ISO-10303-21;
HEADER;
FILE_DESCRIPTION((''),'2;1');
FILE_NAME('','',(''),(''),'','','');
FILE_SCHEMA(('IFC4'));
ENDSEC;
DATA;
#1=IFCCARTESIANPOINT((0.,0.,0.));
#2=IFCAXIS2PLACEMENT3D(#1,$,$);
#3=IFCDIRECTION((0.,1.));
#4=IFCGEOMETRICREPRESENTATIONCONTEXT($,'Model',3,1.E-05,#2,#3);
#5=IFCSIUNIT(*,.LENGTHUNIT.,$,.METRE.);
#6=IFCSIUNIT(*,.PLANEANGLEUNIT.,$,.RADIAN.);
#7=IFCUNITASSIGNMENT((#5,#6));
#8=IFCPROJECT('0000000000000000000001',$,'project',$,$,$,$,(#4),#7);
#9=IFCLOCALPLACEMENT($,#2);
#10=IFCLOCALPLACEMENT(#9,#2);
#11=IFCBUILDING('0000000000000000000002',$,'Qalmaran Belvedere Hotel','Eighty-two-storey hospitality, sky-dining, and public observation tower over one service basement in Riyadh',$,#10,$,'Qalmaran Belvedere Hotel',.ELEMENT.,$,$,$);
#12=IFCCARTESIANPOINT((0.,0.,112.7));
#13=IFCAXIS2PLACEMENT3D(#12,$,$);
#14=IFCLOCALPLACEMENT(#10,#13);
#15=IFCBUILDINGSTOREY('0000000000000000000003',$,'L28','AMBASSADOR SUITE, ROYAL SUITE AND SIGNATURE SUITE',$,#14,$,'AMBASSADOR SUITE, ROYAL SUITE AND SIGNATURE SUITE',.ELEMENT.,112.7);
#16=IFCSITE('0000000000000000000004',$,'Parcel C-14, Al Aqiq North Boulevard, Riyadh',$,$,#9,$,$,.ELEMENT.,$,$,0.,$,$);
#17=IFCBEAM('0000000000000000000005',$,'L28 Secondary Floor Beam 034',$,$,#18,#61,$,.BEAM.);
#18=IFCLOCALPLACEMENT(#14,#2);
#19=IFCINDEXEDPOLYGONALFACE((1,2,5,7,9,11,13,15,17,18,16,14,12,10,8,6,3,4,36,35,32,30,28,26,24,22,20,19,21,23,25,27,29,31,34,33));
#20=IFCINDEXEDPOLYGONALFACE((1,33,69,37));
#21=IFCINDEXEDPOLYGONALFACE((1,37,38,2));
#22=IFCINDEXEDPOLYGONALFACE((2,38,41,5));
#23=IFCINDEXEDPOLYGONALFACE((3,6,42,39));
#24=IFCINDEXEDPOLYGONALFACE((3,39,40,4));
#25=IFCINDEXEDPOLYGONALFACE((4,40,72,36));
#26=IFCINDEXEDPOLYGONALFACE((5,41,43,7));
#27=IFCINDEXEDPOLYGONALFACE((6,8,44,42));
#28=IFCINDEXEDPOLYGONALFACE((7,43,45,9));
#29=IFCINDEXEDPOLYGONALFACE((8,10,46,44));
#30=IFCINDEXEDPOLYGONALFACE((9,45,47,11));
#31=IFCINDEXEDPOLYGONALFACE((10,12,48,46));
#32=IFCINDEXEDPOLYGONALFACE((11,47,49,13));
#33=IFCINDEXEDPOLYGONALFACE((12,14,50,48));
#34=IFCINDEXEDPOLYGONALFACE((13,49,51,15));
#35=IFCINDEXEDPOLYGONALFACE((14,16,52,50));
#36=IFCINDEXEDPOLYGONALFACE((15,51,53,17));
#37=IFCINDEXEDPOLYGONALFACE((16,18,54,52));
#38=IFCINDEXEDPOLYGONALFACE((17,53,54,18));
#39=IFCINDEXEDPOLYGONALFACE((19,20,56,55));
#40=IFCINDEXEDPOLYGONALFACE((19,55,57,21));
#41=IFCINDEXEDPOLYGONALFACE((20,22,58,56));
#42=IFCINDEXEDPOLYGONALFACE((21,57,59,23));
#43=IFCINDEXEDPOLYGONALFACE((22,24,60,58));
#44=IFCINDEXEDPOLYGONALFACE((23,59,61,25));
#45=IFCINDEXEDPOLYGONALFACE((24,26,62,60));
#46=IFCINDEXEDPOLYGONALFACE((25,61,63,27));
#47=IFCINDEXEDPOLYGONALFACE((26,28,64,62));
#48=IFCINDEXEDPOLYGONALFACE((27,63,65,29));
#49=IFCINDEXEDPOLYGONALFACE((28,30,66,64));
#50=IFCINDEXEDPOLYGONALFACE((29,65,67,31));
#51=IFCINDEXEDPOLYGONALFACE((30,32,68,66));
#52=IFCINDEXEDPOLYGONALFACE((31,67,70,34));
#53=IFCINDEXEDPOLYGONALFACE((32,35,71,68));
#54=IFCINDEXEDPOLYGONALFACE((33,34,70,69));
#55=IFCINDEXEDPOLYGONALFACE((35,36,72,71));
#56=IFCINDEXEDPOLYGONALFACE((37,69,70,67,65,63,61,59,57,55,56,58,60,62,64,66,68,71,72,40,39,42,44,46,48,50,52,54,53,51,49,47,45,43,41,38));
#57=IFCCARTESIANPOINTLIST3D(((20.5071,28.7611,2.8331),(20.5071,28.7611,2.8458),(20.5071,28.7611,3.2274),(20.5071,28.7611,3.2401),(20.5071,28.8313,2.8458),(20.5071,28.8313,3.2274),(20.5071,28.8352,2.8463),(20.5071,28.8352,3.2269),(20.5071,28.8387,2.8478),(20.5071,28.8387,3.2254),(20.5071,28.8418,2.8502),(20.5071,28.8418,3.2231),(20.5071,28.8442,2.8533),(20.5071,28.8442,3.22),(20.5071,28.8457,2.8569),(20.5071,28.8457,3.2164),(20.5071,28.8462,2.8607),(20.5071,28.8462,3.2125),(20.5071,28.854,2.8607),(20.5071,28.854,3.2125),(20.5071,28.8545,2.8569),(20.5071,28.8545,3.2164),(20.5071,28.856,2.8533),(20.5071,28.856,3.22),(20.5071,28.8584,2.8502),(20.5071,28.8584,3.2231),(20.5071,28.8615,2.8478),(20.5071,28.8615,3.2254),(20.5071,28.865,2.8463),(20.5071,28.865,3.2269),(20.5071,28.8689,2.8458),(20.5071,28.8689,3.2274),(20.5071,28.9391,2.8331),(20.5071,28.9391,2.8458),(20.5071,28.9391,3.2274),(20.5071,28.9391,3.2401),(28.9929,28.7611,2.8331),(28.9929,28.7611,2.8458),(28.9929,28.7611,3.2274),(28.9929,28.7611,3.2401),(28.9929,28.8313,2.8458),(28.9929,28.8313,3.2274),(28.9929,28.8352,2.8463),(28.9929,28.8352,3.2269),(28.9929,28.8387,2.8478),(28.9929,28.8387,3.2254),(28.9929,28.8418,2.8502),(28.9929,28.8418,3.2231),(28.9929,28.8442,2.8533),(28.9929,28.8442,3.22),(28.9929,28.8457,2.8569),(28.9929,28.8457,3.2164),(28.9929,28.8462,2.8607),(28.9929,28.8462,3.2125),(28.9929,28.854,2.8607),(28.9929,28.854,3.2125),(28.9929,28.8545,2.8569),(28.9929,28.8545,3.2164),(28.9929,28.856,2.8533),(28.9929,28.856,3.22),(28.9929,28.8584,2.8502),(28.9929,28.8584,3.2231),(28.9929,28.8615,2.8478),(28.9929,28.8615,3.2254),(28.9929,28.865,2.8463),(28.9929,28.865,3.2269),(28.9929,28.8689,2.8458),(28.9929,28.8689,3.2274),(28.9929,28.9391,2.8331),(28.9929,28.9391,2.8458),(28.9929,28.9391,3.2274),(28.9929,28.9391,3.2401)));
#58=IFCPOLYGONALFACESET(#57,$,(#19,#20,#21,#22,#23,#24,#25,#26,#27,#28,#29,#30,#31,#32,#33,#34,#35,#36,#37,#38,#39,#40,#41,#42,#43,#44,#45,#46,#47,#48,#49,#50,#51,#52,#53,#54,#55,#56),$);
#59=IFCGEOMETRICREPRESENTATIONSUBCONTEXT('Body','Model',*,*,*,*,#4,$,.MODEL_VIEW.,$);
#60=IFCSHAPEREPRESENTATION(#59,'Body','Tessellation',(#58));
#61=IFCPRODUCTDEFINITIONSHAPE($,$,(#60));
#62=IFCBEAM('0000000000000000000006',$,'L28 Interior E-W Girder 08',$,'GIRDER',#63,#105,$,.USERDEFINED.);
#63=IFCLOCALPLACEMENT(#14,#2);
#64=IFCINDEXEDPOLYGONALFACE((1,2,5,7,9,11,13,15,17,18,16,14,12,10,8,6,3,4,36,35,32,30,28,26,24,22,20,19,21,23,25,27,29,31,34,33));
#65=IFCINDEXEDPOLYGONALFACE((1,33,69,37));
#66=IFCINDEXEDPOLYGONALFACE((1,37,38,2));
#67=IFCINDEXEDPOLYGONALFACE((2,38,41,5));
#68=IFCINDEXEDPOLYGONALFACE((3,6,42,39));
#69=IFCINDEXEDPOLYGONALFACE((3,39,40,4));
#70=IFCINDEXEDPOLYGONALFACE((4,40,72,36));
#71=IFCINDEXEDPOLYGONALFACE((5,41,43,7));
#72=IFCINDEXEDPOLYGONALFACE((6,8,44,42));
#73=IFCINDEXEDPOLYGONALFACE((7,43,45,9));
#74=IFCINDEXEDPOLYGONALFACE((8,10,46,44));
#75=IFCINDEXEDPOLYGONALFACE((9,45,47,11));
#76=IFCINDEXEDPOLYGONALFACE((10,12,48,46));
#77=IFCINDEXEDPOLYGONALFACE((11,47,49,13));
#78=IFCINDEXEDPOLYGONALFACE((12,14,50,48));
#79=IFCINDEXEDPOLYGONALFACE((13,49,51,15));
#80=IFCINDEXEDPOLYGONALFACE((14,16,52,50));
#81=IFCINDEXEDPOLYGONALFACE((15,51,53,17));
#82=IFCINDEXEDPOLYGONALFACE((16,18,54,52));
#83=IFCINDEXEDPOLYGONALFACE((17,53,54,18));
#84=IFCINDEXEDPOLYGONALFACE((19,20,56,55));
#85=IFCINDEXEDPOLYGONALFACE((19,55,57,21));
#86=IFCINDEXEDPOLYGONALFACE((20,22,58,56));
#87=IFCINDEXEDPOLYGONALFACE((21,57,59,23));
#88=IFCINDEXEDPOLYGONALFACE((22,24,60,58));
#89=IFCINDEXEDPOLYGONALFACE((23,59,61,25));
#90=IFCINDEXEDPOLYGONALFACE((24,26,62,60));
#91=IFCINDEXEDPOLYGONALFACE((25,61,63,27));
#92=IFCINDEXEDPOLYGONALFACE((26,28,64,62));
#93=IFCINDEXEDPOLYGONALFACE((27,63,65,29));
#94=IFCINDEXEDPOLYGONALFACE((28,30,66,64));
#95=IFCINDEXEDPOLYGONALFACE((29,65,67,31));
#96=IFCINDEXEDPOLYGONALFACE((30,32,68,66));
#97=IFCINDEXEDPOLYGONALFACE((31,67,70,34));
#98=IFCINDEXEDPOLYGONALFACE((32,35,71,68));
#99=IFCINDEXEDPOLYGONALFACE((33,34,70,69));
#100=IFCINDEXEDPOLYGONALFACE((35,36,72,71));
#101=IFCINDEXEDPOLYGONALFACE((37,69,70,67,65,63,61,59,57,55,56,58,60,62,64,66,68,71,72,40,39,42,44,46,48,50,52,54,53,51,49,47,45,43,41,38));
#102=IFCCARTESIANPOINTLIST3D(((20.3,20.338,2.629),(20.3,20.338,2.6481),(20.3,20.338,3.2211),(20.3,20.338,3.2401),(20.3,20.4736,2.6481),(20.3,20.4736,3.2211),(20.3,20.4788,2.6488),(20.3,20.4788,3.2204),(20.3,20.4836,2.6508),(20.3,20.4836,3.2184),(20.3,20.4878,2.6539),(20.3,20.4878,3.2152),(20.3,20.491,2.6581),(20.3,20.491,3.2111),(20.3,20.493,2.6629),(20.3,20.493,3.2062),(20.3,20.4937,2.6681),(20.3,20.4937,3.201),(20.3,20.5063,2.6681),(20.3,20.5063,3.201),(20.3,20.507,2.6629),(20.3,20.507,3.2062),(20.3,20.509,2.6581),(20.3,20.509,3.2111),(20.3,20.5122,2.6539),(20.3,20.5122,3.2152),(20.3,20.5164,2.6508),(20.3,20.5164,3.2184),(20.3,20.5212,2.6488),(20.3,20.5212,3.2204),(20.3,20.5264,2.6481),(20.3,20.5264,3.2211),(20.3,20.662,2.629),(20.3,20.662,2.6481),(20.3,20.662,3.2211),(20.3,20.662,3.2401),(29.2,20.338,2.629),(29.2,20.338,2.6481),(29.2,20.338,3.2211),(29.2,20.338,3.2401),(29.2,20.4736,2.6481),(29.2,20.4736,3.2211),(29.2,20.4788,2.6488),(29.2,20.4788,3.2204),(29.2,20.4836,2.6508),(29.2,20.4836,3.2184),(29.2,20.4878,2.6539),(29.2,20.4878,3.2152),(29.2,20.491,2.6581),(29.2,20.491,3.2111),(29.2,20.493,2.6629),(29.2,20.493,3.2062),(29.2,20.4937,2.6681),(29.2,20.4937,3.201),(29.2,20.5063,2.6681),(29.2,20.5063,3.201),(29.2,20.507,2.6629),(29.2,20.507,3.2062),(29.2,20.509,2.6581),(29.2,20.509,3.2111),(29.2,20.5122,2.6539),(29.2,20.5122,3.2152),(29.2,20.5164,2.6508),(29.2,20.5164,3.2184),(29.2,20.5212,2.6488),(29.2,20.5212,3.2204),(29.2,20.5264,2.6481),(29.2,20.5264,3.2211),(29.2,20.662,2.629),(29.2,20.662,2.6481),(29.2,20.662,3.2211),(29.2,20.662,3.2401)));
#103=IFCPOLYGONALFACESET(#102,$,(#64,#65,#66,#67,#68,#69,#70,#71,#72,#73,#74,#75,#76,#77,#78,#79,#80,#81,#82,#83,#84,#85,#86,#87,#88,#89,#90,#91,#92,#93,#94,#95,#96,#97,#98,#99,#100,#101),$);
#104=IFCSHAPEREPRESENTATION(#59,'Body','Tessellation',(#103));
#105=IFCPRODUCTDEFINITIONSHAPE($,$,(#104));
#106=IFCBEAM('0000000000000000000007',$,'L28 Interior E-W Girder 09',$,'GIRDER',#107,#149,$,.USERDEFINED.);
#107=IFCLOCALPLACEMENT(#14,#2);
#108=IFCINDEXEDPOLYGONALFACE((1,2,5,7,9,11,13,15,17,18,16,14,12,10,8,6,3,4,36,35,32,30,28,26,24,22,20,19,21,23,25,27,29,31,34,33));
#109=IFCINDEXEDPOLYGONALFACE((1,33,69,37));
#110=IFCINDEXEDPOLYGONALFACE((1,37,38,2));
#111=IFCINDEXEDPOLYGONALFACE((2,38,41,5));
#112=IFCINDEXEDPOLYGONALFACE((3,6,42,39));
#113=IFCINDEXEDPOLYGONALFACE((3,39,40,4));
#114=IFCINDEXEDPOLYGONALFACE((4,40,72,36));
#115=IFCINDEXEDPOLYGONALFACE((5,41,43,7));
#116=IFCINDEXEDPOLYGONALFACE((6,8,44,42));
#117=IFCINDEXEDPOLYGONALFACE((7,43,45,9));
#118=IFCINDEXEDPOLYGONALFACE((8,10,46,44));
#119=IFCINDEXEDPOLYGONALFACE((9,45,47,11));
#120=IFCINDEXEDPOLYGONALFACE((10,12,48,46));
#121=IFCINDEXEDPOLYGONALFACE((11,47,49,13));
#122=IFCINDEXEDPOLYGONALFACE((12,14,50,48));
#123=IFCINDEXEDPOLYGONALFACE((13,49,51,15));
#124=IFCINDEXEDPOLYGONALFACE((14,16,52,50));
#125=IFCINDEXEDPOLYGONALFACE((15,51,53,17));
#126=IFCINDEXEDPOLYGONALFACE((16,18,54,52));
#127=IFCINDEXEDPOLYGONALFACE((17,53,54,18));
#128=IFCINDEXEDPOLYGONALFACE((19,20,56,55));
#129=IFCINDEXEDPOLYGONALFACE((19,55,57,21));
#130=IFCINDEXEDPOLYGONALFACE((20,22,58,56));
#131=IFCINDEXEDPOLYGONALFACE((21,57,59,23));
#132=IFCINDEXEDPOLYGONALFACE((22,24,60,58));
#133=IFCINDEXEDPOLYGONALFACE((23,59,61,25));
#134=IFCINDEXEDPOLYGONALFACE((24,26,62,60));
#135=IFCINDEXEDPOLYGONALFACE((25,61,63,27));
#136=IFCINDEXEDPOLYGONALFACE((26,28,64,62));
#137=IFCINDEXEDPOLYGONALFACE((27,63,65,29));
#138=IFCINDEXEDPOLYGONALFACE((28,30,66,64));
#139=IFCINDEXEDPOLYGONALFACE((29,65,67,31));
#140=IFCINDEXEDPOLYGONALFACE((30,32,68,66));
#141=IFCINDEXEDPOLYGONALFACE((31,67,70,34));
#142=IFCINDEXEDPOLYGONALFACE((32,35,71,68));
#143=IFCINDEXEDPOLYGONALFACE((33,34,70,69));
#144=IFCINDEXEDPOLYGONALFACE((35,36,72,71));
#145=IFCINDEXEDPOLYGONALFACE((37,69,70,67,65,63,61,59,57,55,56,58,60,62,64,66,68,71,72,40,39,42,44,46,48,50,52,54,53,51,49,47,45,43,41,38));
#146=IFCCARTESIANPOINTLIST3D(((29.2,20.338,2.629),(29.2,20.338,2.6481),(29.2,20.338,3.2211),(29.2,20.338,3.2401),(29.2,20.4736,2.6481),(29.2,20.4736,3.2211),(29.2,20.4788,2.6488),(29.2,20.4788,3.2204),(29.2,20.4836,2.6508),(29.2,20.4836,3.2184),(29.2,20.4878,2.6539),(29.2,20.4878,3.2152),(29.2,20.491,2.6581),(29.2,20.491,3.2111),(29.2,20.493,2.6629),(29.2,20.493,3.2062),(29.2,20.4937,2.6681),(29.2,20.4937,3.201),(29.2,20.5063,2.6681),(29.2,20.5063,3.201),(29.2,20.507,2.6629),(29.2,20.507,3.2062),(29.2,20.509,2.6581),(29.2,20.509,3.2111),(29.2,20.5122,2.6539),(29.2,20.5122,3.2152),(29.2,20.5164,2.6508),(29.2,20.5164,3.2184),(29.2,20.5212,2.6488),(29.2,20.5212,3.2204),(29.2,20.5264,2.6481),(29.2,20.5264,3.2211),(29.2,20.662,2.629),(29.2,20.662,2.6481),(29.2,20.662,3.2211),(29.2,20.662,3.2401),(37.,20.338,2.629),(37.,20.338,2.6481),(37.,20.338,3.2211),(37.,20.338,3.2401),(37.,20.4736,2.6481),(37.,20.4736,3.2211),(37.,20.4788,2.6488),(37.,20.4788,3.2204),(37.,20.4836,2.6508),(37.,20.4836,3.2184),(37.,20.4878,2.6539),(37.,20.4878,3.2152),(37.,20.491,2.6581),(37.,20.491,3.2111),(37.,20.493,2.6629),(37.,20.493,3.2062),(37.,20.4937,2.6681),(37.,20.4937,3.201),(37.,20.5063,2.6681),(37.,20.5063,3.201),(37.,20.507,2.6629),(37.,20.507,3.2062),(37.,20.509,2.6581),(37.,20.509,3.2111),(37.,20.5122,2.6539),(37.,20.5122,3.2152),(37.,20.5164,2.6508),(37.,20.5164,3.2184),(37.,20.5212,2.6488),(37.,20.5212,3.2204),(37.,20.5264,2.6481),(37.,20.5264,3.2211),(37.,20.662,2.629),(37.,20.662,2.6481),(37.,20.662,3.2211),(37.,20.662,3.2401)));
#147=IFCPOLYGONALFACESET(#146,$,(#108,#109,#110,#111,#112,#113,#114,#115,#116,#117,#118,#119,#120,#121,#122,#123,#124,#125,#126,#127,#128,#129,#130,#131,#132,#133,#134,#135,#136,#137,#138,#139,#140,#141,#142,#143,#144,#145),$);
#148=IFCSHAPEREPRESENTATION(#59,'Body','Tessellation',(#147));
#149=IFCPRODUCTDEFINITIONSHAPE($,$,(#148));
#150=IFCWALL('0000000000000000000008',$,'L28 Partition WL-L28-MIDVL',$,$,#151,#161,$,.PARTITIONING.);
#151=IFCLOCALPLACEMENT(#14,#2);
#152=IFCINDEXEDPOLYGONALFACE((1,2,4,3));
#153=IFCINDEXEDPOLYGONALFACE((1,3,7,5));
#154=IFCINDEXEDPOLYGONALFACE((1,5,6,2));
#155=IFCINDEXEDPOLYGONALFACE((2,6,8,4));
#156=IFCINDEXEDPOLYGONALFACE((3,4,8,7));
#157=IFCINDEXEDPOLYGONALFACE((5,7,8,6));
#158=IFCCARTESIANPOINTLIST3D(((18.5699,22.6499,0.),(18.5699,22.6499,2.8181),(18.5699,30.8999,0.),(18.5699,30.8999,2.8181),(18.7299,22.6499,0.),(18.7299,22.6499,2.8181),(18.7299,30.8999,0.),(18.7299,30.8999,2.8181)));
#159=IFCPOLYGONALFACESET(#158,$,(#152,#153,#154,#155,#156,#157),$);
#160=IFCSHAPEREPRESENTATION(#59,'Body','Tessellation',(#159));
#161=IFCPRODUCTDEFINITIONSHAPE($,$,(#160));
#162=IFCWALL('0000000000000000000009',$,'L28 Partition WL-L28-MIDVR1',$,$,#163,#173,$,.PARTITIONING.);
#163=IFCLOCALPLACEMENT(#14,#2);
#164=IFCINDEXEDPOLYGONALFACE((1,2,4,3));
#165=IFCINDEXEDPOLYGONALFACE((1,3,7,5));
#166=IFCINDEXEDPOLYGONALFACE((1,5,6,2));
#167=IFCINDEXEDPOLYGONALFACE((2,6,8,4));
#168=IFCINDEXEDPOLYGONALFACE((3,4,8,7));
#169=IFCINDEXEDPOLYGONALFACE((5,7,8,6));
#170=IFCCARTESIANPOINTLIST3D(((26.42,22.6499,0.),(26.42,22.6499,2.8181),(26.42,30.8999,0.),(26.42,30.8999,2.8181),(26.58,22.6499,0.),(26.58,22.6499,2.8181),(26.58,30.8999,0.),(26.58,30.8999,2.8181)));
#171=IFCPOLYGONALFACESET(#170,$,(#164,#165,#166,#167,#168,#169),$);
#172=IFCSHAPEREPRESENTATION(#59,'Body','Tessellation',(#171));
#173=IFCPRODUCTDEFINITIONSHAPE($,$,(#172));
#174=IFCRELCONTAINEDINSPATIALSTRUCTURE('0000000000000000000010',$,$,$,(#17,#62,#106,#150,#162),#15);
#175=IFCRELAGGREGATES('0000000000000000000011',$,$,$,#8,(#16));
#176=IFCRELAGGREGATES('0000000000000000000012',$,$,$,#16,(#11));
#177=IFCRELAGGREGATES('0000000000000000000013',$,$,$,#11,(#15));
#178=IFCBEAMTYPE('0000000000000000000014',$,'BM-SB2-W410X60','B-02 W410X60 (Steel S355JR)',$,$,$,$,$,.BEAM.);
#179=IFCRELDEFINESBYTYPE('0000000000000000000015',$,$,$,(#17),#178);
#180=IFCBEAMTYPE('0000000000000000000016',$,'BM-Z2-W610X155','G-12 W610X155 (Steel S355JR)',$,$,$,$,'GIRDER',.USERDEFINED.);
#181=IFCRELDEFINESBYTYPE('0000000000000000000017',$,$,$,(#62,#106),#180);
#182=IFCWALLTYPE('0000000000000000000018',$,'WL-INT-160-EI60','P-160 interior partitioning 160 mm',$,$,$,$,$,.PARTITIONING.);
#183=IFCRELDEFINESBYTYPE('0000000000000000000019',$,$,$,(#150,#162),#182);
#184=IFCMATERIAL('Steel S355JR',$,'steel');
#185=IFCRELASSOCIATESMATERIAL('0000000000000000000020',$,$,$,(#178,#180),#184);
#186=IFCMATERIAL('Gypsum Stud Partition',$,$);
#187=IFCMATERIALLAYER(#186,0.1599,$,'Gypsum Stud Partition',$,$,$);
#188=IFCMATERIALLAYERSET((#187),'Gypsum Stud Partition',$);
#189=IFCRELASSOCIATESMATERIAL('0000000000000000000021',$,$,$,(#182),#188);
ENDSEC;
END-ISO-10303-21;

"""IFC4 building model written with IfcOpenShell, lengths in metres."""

from ifc_helpers import new_model, si_unit, direction, frame, frame_2d, origin, origin_2d, place, context, subcontext, project, spatial, rectangle, i_section, extrude, material, layer, layer_set, material_profile, profile_set, type_object, element, save


model = new_model("IFC4")

# Units and contexts
model_context = context("Model", 3, precision=1e-05, world=origin(), true_north=direction((0.0, 1.0)))
body_context = subcontext(model_context, "Body", "Model", "MODEL_VIEW")
ifc_project = project(units=[si_unit("LENGTHUNIT", "METRE"), si_unit("PLANEANGLEUNIT", "RADIAN")], contexts=[model_context])

# Site, building, storey
site_placement = place(None, origin())
site = spatial("IfcSite", under=ifc_project, at=site_placement, Name="Parcel C-14, Al Aqiq North Boulevard, Riyadh", CompositionType="ELEMENT", RefElevation=0.0)
building_placement = place(site_placement, origin())
building = spatial("IfcBuilding", under=site, at=building_placement, Name="Qalmaran Belvedere Hotel", Description="Eighty-two-storey hospitality, sky-dining, and public observation tower over one service basement in Riyadh", LongName="Qalmaran Belvedere Hotel", CompositionType="ELEMENT")
storey_placement = place(building_placement, frame((0.0, 0.0, 112.7)))
storey = spatial("IfcBuildingStorey", under=building, at=storey_placement, Name="L28", Description="AMBASSADOR SUITE, ROYAL SUITE AND SIGNATURE SUITE", LongName="AMBASSADOR SUITE, ROYAL SUITE AND SIGNATURE SUITE", CompositionType="ELEMENT", Elevation=112.7)

# Beams
ifc_material_1 = material(Name="Steel S355JR", Category="steel")
ifc_material_profile_1 = material_profile(ifc_material_1, i_section(OverallWidth=0.178, OverallDepth=0.407, WebThickness=0.0078, FlangeThickness=0.0127, FilletRadius=0.0149, at=origin_2d()), Name="W410X60")
ifc_profile_set_1 = profile_set([ifc_material_profile_1], Name="Steel S355JR")
beam_type_1 = type_object("IfcBeamType", Name="BM-SB2-W410X60", Description="B-02 W410X60 (Steel S355JR)", PredefinedType="BEAM", material=ifc_profile_set_1)
for number, where, z_axis, x_axis, name in (
    (1, (20.5071, 28.8501, 3.0366), (1.0, 0.0, 0.0), (0.0, 1.0, 0.0), "L28 Secondary Floor Beam 034"),
):
    element("IfcBeam", number, at=place(storey_placement, frame(where, z_axis=z_axis, x_axis=x_axis)), inside=storey, type_object=beam_type_1, Name=name, PredefinedType="BEAM", context=body_context, shape_type="SweptSolid", body=[
        extrude(i_section(OverallWidth=0.178, OverallDepth=0.407, WebThickness=0.0078, FlangeThickness=0.0127, FilletRadius=0.0149, at=origin_2d()), origin(), (0.0, 0.0, 1.0), 8.4858),
    ])
ifc_material_profile_2 = material_profile(ifc_material_1, i_section(OverallWidth=0.324, OverallDepth=0.6111, WebThickness=0.0127, FlangeThickness=0.019, FilletRadius=0.02, at=origin_2d()), Name="W610X155")
ifc_profile_set_2 = profile_set([ifc_material_profile_2], Name="Steel S355JR")
beam_type_2 = type_object("IfcBeamType", Name="BM-Z2-W610X155", Description="G-12 W610X155 (Steel S355JR)", ElementType="GIRDER", PredefinedType="USERDEFINED", material=ifc_profile_set_2)
beam_1_placement = place(storey_placement, frame((20.3, 20.5, 2.9346), z_axis=(1.0, 0.0, 0.0), x_axis=(0.0, 1.0, 0.0)))
element("IfcBeam", 2, at=beam_1_placement, inside=storey, type_object=beam_type_2, Name="L28 Interior E-W Girder 08", ObjectType="GIRDER", PredefinedType="USERDEFINED", context=body_context, shape_type="SweptSolid", body=[
    extrude(i_section(OverallWidth=0.324, OverallDepth=0.6111, WebThickness=0.0127, FlangeThickness=0.019, FilletRadius=0.02, at=origin_2d()), origin(), (0.0, 0.0, 1.0), 8.8999),
])
beam_2_placement = place(storey_placement, frame((29.2, 20.5, 2.9346), z_axis=(1.0, 0.0, 0.0), x_axis=(0.0, 1.0, 0.0)))
element("IfcBeam", 3, at=beam_2_placement, inside=storey, type_object=beam_type_2, Name="L28 Interior E-W Girder 09", ObjectType="GIRDER", PredefinedType="USERDEFINED", context=body_context, shape_type="SweptSolid", body=[
    extrude(i_section(OverallWidth=0.324, OverallDepth=0.6111, WebThickness=0.0127, FlangeThickness=0.019, FilletRadius=0.02, at=origin_2d()), origin(), (0.0, 0.0, 1.0), 7.8),
])

# Shared definitions
ifc_material_2 = material(Name="Gypsum Stud Partition")

# Walls
ifc_layer_1 = layer(ifc_material_2, 0.1599, Name="Gypsum Stud Partition")
ifc_layer_set_1 = layer_set([ifc_layer_1], Name="Gypsum Stud Partition")
wall_type_1 = type_object("IfcWallType", Name="WL-INT-160-EI60", Description="P-160 interior partitioning 160 mm", PredefinedType="PARTITIONING", material=ifc_layer_set_1)
for number, where, z_axis, x_axis, name in (
    (4, (18.6499, 22.6499, 0.0), (0.0, 0.0, 1.0), (0.0, 1.0, 0.0), "L28 Partition WL-L28-MIDVL"),
    (5, (26.5, 22.6499, 0.0), (0.0, 0.0, 1.0), (0.0, 1.0, 0.0), "L28 Partition WL-L28-MIDVR1"),
):
    element("IfcWall", number, at=place(storey_placement, frame(where, z_axis=z_axis, x_axis=x_axis)), inside=storey, type_object=wall_type_1, Name=name, PredefinedType="PARTITIONING", context=body_context, shape_type="SweptSolid", body=[
        extrude(rectangle(XDim=8.25, YDim=0.1599, at=frame_2d((4.125, 0.0))), origin(), (0.0, 0.0, 1.0), 2.8181),
    ])

save(model, "model.ifc")
